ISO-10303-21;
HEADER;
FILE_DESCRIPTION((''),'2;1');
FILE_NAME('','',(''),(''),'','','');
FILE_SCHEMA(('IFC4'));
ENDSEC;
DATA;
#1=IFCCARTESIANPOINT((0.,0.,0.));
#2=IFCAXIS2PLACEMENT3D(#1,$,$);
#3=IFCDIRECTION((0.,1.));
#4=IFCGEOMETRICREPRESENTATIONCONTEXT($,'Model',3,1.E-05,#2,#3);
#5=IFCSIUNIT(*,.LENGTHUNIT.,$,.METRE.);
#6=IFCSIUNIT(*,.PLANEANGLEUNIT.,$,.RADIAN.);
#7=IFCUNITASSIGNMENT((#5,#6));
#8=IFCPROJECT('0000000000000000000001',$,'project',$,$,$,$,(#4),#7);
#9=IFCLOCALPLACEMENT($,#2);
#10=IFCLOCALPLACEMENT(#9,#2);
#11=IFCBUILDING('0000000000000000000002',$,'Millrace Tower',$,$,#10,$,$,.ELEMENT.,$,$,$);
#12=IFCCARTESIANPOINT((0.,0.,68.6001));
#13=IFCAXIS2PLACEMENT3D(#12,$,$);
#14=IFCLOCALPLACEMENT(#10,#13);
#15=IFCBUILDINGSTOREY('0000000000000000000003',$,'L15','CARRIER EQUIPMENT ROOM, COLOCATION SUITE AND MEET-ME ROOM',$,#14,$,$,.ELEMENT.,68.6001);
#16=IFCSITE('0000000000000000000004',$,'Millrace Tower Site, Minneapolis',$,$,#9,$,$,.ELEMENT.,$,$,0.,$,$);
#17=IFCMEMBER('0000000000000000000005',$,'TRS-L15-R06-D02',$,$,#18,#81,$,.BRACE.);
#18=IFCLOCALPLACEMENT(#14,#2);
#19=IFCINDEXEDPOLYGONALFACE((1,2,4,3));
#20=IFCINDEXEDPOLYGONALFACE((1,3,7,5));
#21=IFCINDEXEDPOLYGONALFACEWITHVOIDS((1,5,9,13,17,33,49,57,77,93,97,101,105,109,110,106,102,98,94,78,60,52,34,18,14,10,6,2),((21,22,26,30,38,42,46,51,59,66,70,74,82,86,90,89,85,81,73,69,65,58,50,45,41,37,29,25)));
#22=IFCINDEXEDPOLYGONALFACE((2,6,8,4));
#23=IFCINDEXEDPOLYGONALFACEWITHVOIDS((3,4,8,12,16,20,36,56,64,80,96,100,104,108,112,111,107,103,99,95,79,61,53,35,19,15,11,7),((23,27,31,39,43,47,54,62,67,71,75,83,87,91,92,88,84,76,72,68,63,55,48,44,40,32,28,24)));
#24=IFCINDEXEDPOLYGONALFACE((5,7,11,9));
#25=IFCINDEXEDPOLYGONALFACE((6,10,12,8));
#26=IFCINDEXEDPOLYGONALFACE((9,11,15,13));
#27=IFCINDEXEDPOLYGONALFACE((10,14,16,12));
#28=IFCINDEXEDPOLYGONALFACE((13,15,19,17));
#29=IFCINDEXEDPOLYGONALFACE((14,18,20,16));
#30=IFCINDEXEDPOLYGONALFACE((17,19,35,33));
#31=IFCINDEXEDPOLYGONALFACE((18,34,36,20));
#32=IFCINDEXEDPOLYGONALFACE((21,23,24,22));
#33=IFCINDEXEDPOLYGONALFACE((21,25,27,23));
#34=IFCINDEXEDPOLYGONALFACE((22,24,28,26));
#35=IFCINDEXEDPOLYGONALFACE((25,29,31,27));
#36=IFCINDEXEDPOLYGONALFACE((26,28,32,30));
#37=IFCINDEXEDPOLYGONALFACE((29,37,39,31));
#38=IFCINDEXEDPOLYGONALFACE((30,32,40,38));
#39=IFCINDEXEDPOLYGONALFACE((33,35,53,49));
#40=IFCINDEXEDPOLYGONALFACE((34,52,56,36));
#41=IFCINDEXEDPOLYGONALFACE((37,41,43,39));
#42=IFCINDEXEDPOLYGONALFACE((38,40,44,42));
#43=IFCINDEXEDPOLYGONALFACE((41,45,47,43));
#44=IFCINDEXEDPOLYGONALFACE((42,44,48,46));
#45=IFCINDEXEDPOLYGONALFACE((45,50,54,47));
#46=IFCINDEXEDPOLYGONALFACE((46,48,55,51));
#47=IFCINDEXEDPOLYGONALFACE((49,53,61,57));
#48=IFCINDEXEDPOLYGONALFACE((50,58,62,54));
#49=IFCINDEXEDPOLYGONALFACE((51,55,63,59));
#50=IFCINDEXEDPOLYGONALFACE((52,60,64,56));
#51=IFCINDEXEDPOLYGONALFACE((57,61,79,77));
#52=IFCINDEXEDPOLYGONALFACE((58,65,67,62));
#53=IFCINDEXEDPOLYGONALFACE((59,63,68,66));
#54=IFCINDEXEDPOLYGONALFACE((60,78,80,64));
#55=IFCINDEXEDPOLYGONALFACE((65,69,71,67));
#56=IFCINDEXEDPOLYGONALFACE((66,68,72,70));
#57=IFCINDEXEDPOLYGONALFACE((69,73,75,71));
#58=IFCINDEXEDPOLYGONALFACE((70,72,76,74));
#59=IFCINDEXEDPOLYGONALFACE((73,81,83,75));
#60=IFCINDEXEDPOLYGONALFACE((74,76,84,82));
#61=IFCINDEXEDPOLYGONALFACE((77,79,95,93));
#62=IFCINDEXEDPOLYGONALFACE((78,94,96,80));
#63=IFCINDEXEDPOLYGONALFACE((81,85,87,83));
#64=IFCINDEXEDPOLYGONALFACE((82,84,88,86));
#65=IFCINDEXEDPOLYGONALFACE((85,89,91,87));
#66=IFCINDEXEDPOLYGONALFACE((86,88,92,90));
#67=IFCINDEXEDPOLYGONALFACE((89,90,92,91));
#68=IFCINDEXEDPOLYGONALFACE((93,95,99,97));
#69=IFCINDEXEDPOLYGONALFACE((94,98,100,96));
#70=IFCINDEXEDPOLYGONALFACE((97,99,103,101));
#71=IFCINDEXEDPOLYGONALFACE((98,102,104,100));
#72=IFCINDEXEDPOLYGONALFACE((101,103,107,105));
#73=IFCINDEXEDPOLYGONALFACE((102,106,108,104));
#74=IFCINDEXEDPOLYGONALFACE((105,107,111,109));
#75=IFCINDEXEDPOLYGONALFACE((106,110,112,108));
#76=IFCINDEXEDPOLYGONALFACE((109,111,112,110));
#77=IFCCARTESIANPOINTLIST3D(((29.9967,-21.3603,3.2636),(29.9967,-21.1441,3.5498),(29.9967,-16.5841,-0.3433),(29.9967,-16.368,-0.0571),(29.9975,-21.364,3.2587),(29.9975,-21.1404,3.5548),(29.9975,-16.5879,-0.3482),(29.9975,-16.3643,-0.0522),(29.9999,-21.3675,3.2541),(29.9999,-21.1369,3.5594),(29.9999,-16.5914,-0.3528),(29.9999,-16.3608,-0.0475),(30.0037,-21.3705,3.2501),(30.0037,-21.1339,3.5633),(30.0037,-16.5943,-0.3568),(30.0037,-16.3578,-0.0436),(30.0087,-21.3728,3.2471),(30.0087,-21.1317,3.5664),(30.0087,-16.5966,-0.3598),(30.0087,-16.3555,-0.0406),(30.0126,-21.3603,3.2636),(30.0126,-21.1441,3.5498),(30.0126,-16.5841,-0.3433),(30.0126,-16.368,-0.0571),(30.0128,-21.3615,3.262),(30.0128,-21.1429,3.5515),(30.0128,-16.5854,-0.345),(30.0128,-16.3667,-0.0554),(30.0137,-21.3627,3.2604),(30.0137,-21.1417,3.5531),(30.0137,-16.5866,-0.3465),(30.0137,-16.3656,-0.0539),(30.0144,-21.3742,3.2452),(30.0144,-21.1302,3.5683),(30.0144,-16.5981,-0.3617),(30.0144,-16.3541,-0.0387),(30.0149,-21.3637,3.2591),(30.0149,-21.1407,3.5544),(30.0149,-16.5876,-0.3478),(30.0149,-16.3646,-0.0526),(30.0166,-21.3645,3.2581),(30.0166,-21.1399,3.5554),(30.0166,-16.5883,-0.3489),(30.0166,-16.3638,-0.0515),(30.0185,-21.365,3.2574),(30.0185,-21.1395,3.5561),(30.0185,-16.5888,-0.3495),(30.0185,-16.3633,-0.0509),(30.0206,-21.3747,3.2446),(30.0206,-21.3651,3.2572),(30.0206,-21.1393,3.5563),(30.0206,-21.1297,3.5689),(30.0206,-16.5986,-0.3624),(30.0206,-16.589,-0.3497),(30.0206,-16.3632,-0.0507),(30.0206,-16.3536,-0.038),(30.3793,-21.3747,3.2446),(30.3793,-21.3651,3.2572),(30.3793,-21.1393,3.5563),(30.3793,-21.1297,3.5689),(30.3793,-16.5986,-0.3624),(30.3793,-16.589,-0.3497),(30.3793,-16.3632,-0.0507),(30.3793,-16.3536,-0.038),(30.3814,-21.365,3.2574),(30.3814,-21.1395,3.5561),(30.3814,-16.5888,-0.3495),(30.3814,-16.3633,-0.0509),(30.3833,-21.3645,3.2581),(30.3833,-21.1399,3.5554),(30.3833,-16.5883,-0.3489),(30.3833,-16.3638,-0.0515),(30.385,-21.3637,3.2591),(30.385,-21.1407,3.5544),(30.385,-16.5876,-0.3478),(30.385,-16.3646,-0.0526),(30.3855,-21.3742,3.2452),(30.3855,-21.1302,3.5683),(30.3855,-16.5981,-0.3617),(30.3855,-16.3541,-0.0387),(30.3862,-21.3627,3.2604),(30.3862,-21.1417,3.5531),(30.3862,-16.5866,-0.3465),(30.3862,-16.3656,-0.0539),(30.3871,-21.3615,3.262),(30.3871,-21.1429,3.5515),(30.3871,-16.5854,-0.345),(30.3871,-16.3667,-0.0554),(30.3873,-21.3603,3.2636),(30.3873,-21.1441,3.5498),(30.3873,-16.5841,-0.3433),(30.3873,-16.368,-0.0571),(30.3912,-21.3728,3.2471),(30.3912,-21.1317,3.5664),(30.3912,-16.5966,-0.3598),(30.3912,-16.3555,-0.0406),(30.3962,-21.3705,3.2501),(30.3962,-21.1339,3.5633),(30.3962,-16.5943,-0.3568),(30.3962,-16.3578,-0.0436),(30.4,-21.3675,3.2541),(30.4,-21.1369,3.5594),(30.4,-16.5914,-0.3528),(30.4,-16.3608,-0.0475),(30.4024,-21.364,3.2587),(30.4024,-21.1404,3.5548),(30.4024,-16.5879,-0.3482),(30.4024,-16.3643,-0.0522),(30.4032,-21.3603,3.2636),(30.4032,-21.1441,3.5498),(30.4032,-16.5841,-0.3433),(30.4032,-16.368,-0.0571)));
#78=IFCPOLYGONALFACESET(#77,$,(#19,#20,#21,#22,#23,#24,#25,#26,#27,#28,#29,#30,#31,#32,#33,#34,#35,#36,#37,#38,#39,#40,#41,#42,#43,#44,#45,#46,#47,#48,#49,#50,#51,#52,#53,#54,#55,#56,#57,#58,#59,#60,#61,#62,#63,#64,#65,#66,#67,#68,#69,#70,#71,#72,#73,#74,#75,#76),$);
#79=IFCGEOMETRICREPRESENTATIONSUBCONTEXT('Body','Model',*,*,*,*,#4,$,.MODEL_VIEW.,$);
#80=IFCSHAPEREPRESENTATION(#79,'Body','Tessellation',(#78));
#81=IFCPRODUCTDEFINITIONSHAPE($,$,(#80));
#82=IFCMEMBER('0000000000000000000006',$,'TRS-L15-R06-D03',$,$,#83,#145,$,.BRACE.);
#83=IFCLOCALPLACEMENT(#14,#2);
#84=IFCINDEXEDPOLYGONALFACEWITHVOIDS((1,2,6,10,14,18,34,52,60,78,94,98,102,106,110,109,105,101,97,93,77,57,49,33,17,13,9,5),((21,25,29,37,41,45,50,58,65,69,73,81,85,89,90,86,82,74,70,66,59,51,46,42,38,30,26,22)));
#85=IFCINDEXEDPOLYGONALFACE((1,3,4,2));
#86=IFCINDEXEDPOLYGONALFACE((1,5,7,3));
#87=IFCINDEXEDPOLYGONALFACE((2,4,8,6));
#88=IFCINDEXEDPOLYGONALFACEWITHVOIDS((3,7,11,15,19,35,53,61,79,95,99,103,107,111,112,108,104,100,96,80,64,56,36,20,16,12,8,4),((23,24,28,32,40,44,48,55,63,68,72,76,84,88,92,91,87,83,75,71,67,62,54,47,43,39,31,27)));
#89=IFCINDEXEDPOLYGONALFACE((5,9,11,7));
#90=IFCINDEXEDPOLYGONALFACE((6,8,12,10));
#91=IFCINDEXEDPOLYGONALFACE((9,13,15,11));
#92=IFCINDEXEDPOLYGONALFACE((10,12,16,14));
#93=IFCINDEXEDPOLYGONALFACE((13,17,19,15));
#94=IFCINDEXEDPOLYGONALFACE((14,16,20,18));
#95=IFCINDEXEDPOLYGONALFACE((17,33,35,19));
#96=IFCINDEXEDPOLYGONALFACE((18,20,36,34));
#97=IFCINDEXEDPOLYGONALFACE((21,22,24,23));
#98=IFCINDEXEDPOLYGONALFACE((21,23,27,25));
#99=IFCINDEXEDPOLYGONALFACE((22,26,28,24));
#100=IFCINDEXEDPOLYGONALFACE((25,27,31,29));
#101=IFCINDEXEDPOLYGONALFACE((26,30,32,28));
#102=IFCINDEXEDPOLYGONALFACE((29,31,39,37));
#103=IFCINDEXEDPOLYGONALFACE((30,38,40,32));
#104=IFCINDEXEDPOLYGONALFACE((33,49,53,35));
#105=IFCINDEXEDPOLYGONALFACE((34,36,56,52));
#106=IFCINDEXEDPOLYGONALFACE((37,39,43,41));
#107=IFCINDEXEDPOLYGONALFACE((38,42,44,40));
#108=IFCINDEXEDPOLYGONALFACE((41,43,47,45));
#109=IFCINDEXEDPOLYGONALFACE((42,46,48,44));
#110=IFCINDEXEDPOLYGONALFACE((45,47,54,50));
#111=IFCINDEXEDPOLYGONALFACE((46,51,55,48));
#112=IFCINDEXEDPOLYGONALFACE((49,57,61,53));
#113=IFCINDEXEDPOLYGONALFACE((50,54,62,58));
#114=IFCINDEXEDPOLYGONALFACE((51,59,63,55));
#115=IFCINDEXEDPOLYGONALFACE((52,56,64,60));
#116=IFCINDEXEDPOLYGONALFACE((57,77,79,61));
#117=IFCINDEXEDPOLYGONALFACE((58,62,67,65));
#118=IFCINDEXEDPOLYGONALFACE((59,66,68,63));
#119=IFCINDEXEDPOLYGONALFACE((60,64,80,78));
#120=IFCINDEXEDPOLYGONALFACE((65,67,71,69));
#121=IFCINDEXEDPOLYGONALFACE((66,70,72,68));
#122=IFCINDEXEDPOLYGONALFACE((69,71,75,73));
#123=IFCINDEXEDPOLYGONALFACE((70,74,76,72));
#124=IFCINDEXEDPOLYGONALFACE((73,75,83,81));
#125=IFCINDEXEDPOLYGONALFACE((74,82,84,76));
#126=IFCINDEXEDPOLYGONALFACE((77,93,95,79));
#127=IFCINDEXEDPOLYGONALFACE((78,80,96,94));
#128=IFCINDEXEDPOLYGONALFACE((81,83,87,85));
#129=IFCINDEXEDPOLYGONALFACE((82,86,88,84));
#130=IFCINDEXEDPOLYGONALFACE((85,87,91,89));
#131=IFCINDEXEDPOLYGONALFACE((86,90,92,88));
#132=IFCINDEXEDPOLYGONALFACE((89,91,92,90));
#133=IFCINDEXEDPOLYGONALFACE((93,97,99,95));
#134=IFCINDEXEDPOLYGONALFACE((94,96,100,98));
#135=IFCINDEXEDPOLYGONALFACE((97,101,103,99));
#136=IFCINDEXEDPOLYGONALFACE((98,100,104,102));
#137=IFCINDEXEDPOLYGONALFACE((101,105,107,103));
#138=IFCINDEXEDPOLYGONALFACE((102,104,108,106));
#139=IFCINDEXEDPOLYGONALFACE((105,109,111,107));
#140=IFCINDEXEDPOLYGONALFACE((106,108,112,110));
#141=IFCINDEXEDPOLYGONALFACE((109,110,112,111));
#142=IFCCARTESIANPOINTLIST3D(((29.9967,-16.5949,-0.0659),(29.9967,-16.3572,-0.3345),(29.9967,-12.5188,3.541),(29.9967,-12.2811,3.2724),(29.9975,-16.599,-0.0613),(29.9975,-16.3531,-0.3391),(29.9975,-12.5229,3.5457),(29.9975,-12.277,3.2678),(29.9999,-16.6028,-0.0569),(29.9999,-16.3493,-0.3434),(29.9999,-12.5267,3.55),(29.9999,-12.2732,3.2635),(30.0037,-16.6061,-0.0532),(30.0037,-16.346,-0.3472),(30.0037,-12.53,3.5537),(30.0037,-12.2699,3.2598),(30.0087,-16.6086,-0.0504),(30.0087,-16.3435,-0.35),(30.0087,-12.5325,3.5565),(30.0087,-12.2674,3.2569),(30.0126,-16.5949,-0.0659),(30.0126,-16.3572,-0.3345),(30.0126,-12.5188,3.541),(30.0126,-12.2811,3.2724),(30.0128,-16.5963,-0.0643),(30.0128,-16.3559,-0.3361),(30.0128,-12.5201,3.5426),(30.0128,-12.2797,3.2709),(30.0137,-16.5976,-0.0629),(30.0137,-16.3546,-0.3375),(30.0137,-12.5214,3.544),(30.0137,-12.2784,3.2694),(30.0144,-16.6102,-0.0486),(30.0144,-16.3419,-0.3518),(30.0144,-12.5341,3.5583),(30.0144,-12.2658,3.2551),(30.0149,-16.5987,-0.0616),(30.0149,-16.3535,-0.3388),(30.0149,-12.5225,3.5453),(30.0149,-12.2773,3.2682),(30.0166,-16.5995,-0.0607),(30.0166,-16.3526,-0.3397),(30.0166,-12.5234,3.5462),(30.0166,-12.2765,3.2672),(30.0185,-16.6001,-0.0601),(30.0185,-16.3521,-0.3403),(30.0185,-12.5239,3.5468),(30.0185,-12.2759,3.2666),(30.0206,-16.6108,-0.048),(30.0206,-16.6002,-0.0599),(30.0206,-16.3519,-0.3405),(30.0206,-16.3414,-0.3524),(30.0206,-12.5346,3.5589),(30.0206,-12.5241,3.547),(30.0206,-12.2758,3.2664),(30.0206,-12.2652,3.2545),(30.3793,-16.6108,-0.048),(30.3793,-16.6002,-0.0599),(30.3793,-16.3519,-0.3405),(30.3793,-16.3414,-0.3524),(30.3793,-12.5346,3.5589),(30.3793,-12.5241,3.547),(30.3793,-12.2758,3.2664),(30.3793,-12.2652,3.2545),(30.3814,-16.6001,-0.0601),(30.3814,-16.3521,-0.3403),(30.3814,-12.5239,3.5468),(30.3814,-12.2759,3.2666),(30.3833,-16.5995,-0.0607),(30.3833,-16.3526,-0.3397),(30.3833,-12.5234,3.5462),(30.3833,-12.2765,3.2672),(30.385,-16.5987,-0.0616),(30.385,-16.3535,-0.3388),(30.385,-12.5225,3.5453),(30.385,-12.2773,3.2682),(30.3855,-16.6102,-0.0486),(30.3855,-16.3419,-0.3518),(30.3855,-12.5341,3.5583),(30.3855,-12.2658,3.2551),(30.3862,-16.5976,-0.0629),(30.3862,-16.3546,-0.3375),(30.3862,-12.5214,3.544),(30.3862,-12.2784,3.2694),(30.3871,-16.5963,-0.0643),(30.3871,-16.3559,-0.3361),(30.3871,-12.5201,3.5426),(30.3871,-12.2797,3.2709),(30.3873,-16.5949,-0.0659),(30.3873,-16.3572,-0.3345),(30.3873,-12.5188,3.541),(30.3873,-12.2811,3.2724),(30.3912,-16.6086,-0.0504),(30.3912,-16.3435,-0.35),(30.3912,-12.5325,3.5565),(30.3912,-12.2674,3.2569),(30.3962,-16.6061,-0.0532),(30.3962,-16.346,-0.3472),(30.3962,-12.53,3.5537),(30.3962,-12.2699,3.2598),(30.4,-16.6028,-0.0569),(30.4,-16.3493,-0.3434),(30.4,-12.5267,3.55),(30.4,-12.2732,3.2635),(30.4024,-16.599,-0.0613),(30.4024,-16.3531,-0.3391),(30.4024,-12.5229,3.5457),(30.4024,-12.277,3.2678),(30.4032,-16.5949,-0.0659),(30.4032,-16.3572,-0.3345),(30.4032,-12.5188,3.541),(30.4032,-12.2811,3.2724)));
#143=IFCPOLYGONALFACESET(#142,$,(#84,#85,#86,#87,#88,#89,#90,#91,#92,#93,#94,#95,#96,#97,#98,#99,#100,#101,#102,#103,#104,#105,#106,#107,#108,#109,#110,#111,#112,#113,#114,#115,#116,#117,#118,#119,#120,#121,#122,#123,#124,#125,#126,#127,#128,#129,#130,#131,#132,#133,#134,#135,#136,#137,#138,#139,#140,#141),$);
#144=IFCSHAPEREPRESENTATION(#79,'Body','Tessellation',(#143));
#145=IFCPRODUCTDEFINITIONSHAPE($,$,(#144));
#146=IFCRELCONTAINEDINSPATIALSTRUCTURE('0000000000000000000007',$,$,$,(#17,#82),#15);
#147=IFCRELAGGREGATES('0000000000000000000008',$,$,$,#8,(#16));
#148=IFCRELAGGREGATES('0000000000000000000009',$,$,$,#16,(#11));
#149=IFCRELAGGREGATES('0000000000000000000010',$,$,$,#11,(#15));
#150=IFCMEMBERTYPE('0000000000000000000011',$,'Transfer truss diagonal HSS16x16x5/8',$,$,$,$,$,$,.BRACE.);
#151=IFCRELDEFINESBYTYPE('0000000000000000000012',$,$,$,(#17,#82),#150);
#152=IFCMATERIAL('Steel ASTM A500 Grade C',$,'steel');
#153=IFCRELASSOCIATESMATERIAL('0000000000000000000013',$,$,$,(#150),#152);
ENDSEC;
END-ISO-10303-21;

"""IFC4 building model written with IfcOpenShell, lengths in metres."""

from ifc_helpers import new_model, si_unit, direction, frame, origin, origin_2d, place, context, subcontext, project, spatial, hollow_rectangle, extrude, material, material_profile, profile_set, type_object, element, save


model = new_model("IFC4")

# Units and contexts
model_context = context("Model", 3, precision=1e-05, world=origin(), true_north=direction((0.0, 1.0)))
body_context = subcontext(model_context, "Body", "Model", "MODEL_VIEW")
ifc_project = project(units=[si_unit("LENGTHUNIT", "METRE"), si_unit("PLANEANGLEUNIT", "RADIAN")], contexts=[model_context])

# Site, building, storey
site_placement = place(None, origin())
site = spatial("IfcSite", under=ifc_project, at=site_placement, Name="Millrace Tower Site, Minneapolis", CompositionType="ELEMENT", RefElevation=0.0)
building_placement = place(site_placement, origin())
building = spatial("IfcBuilding", under=site, at=building_placement, Name="Millrace Tower", CompositionType="ELEMENT")
storey_placement = place(building_placement, frame((0.0, 0.0, 68.6001)))
storey = spatial("IfcBuildingStorey", under=building, at=storey_placement, Name="L15", Description="CARRIER EQUIPMENT ROOM, COLOCATION SUITE AND MEET-ME ROOM", CompositionType="ELEMENT", Elevation=68.6001)

# Members
ifc_material_1 = material(Name="Steel ASTM A500 Grade C", Category="steel")
ifc_material_profile_1 = material_profile(ifc_material_1, hollow_rectangle(XDim=0.4065, YDim=0.4065, WallThickness=0.0159, InnerFilletRadius=0.0081, OuterFilletRadius=0.0239, at=origin_2d()))
ifc_profile_set_1 = profile_set([ifc_material_profile_1], Name="Steel ASTM A500 Grade C")
member_type_1 = type_object("IfcMemberType", Name="Transfer truss diagonal HSS16x16x5/8", PredefinedType="BRACE", material=ifc_profile_set_1)
member_1_placement = place(storey_placement, frame((30.2, -16.4761, -0.2002), z_axis=(0.0, -0.798003, 0.602653), x_axis=(1.0, 0.0, 0.0)))
element("IfcMember", 1, at=member_1_placement, inside=storey, type_object=member_type_1, Name="TRS-L15-R06-D02", PredefinedType="BRACE", context=body_context, shape_type="SweptSolid", body=[
    extrude(hollow_rectangle(XDim=0.4065, YDim=0.4065, WallThickness=0.0159, InnerFilletRadius=0.0081, OuterFilletRadius=0.0239, at=origin_2d()), origin(), (0.0, 0.0, 1.0), 5.9851),
])
member_2_placement = place(storey_placement, frame((30.2, -16.4761, -0.2002), z_axis=(0.0, 0.748897, 0.662686), x_axis=(-1.0, 0.0, 0.0)))
element("IfcMember", 2, at=member_2_placement, inside=storey, type_object=member_type_1, Name="TRS-L15-R06-D03", PredefinedType="BRACE", context=body_context, shape_type="SweptSolid", body=[
    extrude(hollow_rectangle(XDim=0.4065, YDim=0.4065, WallThickness=0.0159, InnerFilletRadius=0.0081, OuterFilletRadius=0.0239, at=origin_2d()), origin(), (0.0, 0.0, 1.0), 5.4429),
])

save(model, "model.ifc")
